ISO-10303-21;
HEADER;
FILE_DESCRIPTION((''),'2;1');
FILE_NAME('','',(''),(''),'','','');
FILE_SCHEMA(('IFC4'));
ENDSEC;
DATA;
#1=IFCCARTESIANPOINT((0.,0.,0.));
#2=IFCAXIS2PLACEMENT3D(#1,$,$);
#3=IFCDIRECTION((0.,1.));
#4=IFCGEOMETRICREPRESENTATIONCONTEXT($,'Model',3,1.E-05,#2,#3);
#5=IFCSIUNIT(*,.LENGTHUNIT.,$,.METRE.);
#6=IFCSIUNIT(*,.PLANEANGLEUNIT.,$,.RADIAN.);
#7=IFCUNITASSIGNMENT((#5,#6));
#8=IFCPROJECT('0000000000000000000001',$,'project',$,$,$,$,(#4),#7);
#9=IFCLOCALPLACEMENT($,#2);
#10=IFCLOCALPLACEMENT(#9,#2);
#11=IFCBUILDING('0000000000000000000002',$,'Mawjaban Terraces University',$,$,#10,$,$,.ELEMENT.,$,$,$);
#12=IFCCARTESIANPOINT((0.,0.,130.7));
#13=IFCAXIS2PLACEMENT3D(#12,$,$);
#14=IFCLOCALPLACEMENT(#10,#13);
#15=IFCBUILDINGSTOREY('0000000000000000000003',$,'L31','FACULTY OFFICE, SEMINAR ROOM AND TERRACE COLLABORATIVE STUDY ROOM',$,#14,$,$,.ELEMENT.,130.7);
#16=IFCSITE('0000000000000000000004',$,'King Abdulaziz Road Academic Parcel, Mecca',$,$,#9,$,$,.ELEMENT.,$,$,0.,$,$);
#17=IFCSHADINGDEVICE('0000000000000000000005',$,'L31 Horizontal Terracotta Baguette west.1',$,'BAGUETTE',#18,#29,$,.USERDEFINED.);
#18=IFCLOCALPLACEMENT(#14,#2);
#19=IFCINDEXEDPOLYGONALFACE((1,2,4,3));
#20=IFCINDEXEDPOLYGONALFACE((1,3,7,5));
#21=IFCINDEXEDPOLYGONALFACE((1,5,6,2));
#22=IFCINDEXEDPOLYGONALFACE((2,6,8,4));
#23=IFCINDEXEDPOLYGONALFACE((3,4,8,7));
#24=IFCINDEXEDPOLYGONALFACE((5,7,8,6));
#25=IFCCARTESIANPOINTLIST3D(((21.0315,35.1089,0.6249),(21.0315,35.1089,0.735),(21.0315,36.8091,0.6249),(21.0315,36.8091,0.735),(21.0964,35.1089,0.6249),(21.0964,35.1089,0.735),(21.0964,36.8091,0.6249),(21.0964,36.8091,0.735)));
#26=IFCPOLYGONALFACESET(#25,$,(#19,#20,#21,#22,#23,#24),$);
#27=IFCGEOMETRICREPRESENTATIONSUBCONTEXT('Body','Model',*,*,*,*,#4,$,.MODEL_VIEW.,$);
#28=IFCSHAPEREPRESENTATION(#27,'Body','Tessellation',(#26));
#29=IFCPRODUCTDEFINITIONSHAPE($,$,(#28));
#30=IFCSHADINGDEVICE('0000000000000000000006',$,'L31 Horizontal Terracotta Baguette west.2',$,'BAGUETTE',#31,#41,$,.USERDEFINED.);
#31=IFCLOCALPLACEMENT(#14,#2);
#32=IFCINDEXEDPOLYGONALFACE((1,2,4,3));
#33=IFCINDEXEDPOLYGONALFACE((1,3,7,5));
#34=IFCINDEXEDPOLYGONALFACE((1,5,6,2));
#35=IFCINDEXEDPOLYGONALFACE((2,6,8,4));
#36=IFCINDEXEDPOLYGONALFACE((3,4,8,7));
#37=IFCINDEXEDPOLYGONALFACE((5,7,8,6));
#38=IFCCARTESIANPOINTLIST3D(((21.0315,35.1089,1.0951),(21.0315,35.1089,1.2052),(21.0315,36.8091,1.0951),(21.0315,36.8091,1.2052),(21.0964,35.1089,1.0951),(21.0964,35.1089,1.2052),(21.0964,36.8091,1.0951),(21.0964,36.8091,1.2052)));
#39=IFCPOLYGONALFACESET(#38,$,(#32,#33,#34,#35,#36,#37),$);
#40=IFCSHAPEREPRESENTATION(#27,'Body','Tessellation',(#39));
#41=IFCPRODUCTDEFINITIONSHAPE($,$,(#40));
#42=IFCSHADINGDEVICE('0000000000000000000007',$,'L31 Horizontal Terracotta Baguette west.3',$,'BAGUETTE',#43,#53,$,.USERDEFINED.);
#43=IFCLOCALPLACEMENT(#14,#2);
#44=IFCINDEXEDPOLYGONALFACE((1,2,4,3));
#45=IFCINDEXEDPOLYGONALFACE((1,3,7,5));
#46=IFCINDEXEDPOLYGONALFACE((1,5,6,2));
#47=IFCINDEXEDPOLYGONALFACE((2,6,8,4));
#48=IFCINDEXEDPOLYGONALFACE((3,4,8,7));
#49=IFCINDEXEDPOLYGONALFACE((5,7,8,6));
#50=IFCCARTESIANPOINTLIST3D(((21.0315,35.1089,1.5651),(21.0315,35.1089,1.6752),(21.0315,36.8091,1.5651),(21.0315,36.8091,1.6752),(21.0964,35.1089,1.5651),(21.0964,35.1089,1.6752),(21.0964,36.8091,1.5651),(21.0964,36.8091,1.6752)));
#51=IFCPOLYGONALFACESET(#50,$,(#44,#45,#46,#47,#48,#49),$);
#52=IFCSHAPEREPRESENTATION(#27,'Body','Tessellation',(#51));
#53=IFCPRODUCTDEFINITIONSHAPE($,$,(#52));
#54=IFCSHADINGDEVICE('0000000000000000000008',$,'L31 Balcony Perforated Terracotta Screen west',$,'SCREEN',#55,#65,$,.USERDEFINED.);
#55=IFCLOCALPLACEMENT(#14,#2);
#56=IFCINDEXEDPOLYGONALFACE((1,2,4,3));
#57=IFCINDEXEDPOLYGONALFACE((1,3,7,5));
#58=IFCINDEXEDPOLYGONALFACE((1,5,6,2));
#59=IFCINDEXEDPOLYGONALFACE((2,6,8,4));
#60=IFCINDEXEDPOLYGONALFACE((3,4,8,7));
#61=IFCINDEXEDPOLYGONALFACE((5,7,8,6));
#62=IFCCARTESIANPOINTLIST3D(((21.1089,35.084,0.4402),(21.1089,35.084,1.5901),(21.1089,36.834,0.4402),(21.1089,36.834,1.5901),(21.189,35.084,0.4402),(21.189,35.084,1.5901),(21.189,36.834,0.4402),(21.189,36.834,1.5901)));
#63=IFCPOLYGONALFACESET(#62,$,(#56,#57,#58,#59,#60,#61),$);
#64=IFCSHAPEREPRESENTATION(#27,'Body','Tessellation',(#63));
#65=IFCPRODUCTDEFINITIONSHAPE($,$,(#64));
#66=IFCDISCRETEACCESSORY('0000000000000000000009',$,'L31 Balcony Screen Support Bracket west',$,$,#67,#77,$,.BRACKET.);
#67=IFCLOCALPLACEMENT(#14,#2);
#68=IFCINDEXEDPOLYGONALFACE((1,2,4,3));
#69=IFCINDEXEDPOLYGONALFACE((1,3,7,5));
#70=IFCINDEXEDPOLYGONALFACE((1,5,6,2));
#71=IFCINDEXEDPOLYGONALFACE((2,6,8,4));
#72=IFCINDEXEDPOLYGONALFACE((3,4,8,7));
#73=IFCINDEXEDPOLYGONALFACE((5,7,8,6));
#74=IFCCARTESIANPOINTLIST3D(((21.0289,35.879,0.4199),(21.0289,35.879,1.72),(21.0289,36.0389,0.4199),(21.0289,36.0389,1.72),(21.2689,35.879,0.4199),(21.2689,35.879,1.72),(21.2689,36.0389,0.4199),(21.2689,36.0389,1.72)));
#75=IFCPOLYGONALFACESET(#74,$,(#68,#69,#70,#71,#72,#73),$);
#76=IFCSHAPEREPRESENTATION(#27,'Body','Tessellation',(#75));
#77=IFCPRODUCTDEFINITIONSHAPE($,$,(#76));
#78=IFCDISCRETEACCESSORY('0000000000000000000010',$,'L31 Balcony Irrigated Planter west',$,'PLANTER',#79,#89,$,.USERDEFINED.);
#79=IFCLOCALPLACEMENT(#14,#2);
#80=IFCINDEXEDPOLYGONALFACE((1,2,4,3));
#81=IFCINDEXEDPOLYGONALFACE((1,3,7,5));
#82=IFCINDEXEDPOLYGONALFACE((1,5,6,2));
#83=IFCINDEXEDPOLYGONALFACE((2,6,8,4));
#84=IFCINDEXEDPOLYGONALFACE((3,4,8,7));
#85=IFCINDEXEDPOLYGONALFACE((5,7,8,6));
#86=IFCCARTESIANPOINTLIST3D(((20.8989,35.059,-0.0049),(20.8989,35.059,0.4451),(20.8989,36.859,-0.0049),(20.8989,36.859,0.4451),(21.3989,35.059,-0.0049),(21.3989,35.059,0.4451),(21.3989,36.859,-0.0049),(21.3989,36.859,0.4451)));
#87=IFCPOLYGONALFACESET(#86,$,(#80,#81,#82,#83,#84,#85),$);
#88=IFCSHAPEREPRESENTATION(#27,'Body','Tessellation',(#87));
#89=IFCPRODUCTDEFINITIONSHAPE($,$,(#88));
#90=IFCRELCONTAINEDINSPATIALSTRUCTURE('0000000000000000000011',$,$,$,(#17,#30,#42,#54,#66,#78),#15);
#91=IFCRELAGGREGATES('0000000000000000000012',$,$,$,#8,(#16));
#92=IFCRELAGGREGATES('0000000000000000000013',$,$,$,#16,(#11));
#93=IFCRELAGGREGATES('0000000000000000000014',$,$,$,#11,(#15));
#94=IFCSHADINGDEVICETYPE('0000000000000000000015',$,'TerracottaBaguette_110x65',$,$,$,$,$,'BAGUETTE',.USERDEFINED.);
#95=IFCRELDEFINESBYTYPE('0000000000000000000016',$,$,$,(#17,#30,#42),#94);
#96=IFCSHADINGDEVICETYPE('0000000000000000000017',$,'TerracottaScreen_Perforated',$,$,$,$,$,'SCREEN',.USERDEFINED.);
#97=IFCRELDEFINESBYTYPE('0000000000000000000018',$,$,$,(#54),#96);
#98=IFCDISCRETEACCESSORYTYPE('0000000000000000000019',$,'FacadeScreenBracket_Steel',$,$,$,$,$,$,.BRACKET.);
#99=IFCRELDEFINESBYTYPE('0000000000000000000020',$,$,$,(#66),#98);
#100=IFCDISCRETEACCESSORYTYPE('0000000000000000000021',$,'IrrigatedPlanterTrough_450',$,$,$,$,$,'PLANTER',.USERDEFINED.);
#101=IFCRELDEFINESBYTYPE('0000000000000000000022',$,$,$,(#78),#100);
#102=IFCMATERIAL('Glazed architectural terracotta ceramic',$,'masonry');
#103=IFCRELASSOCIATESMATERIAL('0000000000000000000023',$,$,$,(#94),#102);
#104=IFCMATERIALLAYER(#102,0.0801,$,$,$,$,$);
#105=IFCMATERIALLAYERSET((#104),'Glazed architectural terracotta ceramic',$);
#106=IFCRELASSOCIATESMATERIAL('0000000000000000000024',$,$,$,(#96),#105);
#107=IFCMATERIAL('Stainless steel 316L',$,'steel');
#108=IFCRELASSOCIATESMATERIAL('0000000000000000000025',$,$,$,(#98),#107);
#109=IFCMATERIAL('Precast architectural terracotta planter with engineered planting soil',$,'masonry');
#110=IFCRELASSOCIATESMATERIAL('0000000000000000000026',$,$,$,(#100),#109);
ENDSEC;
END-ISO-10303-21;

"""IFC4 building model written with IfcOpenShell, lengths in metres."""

from ifc_helpers import new_model, si_unit, direction, frame, origin, origin_2d, place, context, subcontext, project, spatial, rectangle, extrude, material, layer, layer_set, material_profile, profile_set, type_object, element, save


model = new_model("IFC4")

# Units and contexts
model_context = context("Model", 3, precision=1e-05, world=origin(), true_north=direction((0.0, 1.0)))
body_context = subcontext(model_context, "Body", "Model", "MODEL_VIEW")
ifc_project = project(units=[si_unit("LENGTHUNIT", "METRE"), si_unit("PLANEANGLEUNIT", "RADIAN")], contexts=[model_context])

# Site, building, storey
site_placement = place(None, origin())
site = spatial("IfcSite", under=ifc_project, at=site_placement, Name="King Abdulaziz Road Academic Parcel, Mecca", CompositionType="ELEMENT", RefElevation=0.0)
building_placement = place(site_placement, origin())
building = spatial("IfcBuilding", under=site, at=building_placement, Name="Mawjaban Terraces University", CompositionType="ELEMENT")
storey_placement = place(building_placement, frame((0.0, 0.0, 130.7)))
storey = spatial("IfcBuildingStorey", under=building, at=storey_placement, Name="L31", Description="FACULTY OFFICE, SEMINAR ROOM AND TERRACE COLLABORATIVE STUDY ROOM", CompositionType="ELEMENT", Elevation=130.7)

# Shading devices
ifc_material_1 = material(Name="Glazed architectural terracotta ceramic", Category="masonry")
ifc_material_profile_1 = material_profile(ifc_material_1, rectangle(XDim=0.0649, YDim=0.1101, at=origin_2d()), Name="TBAG110X65")
ifc_profile_set_1 = profile_set([ifc_material_profile_1], Name="Glazed architectural terracotta ceramic")
shading_device_type_1 = type_object("IfcShadingDeviceType", Name="TerracottaBaguette_110x65", ElementType="BAGUETTE", PredefinedType="USERDEFINED", material=ifc_profile_set_1)
for number, where, z_axis, x_axis, name in (
    (1, (21.064, 35.1089, 0.6799), (0.0, 1.0, 0.0), (-1.0, 0.0, 0.0), "L31 Horizontal Terracotta Baguette west.1"),
    (2, (21.064, 35.1089, 1.1501), (0.0, 1.0, 0.0), (-1.0, 0.0, 0.0), "L31 Horizontal Terracotta Baguette west.2"),
    (3, (21.064, 35.1089, 1.6201), (0.0, 1.0, 0.0), (-1.0, 0.0, 0.0), "L31 Horizontal Terracotta Baguette west.3"),
):
    element("IfcShadingDevice", number, at=place(storey_placement, frame(where, z_axis=z_axis, x_axis=x_axis)), inside=storey, type_object=shading_device_type_1, Name=name, ObjectType="BAGUETTE", PredefinedType="USERDEFINED", context=body_context, shape_type="SweptSolid", body=[
        extrude(rectangle(XDim=0.0649, YDim=0.1101, at=origin_2d()), origin(), (0.0, 0.0, 1.0), 1.7002),
    ])
ifc_layer_1 = layer(ifc_material_1, 0.0801)
ifc_layer_set_1 = layer_set([ifc_layer_1], Name="Glazed architectural terracotta ceramic")
shading_device_type_2 = type_object("IfcShadingDeviceType", Name="TerracottaScreen_Perforated", ElementType="SCREEN", PredefinedType="USERDEFINED", material=ifc_layer_set_1)
shading_device_placement = place(storey_placement, frame((21.1489, 35.959, 0.4402), z_axis=(0.0, 0.0, 1.0), x_axis=(0.0, 1.0, 0.0)))
element("IfcShadingDevice", 4, at=shading_device_placement, inside=storey, type_object=shading_device_type_2, Name="L31 Balcony Perforated Terracotta Screen west", ObjectType="SCREEN", PredefinedType="USERDEFINED", context=body_context, shape_type="SweptSolid", body=[
    extrude(rectangle(XDim=1.75, YDim=0.0801, at=origin_2d()), origin(), (0.0, 0.0, 1.0), 1.1499),
])

# Discrete accessories
ifc_material_2 = material(Name="Stainless steel 316L", Category="steel")
discrete_accessory_type_1 = type_object("IfcDiscreteAccessoryType", Name="FacadeScreenBracket_Steel", PredefinedType="BRACKET", material=ifc_material_2)
discrete_accessory_1_placement = place(storey_placement, frame((21.1489, 35.959, 0.4199), z_axis=(0.0, 0.0, 1.0), x_axis=(0.0, 1.0, 0.0)))
element("IfcDiscreteAccessory", 5, at=discrete_accessory_1_placement, inside=storey, type_object=discrete_accessory_type_1, Name="L31 Balcony Screen Support Bracket west", PredefinedType="BRACKET", context=body_context, shape_type="SweptSolid", body=[
    extrude(rectangle(XDim=0.1599, YDim=0.24, at=origin_2d()), origin(), (0.0, 0.0, 1.0), 1.3),
])
ifc_material_3 = material(Name="Precast architectural terracotta planter with engineered planting soil", Category="masonry")
discrete_accessory_type_2 = type_object("IfcDiscreteAccessoryType", Name="IrrigatedPlanterTrough_450", ElementType="PLANTER", PredefinedType="USERDEFINED", material=ifc_material_3)
discrete_accessory_2_placement = place(storey_placement, frame((21.1489, 35.959, -0.0049), z_axis=(0.0, 0.0, 1.0), x_axis=(0.0, 1.0, 0.0)))
element("IfcDiscreteAccessory", 6, at=discrete_accessory_2_placement, inside=storey, type_object=discrete_accessory_type_2, Name="L31 Balcony Irrigated Planter west", ObjectType="PLANTER", PredefinedType="USERDEFINED", context=body_context, shape_type="SweptSolid", body=[
    extrude(rectangle(XDim=1.8, YDim=0.5, at=origin_2d()), origin(), (0.0, 0.0, 1.0), 0.45),
])

save(model, "model.ifc")
